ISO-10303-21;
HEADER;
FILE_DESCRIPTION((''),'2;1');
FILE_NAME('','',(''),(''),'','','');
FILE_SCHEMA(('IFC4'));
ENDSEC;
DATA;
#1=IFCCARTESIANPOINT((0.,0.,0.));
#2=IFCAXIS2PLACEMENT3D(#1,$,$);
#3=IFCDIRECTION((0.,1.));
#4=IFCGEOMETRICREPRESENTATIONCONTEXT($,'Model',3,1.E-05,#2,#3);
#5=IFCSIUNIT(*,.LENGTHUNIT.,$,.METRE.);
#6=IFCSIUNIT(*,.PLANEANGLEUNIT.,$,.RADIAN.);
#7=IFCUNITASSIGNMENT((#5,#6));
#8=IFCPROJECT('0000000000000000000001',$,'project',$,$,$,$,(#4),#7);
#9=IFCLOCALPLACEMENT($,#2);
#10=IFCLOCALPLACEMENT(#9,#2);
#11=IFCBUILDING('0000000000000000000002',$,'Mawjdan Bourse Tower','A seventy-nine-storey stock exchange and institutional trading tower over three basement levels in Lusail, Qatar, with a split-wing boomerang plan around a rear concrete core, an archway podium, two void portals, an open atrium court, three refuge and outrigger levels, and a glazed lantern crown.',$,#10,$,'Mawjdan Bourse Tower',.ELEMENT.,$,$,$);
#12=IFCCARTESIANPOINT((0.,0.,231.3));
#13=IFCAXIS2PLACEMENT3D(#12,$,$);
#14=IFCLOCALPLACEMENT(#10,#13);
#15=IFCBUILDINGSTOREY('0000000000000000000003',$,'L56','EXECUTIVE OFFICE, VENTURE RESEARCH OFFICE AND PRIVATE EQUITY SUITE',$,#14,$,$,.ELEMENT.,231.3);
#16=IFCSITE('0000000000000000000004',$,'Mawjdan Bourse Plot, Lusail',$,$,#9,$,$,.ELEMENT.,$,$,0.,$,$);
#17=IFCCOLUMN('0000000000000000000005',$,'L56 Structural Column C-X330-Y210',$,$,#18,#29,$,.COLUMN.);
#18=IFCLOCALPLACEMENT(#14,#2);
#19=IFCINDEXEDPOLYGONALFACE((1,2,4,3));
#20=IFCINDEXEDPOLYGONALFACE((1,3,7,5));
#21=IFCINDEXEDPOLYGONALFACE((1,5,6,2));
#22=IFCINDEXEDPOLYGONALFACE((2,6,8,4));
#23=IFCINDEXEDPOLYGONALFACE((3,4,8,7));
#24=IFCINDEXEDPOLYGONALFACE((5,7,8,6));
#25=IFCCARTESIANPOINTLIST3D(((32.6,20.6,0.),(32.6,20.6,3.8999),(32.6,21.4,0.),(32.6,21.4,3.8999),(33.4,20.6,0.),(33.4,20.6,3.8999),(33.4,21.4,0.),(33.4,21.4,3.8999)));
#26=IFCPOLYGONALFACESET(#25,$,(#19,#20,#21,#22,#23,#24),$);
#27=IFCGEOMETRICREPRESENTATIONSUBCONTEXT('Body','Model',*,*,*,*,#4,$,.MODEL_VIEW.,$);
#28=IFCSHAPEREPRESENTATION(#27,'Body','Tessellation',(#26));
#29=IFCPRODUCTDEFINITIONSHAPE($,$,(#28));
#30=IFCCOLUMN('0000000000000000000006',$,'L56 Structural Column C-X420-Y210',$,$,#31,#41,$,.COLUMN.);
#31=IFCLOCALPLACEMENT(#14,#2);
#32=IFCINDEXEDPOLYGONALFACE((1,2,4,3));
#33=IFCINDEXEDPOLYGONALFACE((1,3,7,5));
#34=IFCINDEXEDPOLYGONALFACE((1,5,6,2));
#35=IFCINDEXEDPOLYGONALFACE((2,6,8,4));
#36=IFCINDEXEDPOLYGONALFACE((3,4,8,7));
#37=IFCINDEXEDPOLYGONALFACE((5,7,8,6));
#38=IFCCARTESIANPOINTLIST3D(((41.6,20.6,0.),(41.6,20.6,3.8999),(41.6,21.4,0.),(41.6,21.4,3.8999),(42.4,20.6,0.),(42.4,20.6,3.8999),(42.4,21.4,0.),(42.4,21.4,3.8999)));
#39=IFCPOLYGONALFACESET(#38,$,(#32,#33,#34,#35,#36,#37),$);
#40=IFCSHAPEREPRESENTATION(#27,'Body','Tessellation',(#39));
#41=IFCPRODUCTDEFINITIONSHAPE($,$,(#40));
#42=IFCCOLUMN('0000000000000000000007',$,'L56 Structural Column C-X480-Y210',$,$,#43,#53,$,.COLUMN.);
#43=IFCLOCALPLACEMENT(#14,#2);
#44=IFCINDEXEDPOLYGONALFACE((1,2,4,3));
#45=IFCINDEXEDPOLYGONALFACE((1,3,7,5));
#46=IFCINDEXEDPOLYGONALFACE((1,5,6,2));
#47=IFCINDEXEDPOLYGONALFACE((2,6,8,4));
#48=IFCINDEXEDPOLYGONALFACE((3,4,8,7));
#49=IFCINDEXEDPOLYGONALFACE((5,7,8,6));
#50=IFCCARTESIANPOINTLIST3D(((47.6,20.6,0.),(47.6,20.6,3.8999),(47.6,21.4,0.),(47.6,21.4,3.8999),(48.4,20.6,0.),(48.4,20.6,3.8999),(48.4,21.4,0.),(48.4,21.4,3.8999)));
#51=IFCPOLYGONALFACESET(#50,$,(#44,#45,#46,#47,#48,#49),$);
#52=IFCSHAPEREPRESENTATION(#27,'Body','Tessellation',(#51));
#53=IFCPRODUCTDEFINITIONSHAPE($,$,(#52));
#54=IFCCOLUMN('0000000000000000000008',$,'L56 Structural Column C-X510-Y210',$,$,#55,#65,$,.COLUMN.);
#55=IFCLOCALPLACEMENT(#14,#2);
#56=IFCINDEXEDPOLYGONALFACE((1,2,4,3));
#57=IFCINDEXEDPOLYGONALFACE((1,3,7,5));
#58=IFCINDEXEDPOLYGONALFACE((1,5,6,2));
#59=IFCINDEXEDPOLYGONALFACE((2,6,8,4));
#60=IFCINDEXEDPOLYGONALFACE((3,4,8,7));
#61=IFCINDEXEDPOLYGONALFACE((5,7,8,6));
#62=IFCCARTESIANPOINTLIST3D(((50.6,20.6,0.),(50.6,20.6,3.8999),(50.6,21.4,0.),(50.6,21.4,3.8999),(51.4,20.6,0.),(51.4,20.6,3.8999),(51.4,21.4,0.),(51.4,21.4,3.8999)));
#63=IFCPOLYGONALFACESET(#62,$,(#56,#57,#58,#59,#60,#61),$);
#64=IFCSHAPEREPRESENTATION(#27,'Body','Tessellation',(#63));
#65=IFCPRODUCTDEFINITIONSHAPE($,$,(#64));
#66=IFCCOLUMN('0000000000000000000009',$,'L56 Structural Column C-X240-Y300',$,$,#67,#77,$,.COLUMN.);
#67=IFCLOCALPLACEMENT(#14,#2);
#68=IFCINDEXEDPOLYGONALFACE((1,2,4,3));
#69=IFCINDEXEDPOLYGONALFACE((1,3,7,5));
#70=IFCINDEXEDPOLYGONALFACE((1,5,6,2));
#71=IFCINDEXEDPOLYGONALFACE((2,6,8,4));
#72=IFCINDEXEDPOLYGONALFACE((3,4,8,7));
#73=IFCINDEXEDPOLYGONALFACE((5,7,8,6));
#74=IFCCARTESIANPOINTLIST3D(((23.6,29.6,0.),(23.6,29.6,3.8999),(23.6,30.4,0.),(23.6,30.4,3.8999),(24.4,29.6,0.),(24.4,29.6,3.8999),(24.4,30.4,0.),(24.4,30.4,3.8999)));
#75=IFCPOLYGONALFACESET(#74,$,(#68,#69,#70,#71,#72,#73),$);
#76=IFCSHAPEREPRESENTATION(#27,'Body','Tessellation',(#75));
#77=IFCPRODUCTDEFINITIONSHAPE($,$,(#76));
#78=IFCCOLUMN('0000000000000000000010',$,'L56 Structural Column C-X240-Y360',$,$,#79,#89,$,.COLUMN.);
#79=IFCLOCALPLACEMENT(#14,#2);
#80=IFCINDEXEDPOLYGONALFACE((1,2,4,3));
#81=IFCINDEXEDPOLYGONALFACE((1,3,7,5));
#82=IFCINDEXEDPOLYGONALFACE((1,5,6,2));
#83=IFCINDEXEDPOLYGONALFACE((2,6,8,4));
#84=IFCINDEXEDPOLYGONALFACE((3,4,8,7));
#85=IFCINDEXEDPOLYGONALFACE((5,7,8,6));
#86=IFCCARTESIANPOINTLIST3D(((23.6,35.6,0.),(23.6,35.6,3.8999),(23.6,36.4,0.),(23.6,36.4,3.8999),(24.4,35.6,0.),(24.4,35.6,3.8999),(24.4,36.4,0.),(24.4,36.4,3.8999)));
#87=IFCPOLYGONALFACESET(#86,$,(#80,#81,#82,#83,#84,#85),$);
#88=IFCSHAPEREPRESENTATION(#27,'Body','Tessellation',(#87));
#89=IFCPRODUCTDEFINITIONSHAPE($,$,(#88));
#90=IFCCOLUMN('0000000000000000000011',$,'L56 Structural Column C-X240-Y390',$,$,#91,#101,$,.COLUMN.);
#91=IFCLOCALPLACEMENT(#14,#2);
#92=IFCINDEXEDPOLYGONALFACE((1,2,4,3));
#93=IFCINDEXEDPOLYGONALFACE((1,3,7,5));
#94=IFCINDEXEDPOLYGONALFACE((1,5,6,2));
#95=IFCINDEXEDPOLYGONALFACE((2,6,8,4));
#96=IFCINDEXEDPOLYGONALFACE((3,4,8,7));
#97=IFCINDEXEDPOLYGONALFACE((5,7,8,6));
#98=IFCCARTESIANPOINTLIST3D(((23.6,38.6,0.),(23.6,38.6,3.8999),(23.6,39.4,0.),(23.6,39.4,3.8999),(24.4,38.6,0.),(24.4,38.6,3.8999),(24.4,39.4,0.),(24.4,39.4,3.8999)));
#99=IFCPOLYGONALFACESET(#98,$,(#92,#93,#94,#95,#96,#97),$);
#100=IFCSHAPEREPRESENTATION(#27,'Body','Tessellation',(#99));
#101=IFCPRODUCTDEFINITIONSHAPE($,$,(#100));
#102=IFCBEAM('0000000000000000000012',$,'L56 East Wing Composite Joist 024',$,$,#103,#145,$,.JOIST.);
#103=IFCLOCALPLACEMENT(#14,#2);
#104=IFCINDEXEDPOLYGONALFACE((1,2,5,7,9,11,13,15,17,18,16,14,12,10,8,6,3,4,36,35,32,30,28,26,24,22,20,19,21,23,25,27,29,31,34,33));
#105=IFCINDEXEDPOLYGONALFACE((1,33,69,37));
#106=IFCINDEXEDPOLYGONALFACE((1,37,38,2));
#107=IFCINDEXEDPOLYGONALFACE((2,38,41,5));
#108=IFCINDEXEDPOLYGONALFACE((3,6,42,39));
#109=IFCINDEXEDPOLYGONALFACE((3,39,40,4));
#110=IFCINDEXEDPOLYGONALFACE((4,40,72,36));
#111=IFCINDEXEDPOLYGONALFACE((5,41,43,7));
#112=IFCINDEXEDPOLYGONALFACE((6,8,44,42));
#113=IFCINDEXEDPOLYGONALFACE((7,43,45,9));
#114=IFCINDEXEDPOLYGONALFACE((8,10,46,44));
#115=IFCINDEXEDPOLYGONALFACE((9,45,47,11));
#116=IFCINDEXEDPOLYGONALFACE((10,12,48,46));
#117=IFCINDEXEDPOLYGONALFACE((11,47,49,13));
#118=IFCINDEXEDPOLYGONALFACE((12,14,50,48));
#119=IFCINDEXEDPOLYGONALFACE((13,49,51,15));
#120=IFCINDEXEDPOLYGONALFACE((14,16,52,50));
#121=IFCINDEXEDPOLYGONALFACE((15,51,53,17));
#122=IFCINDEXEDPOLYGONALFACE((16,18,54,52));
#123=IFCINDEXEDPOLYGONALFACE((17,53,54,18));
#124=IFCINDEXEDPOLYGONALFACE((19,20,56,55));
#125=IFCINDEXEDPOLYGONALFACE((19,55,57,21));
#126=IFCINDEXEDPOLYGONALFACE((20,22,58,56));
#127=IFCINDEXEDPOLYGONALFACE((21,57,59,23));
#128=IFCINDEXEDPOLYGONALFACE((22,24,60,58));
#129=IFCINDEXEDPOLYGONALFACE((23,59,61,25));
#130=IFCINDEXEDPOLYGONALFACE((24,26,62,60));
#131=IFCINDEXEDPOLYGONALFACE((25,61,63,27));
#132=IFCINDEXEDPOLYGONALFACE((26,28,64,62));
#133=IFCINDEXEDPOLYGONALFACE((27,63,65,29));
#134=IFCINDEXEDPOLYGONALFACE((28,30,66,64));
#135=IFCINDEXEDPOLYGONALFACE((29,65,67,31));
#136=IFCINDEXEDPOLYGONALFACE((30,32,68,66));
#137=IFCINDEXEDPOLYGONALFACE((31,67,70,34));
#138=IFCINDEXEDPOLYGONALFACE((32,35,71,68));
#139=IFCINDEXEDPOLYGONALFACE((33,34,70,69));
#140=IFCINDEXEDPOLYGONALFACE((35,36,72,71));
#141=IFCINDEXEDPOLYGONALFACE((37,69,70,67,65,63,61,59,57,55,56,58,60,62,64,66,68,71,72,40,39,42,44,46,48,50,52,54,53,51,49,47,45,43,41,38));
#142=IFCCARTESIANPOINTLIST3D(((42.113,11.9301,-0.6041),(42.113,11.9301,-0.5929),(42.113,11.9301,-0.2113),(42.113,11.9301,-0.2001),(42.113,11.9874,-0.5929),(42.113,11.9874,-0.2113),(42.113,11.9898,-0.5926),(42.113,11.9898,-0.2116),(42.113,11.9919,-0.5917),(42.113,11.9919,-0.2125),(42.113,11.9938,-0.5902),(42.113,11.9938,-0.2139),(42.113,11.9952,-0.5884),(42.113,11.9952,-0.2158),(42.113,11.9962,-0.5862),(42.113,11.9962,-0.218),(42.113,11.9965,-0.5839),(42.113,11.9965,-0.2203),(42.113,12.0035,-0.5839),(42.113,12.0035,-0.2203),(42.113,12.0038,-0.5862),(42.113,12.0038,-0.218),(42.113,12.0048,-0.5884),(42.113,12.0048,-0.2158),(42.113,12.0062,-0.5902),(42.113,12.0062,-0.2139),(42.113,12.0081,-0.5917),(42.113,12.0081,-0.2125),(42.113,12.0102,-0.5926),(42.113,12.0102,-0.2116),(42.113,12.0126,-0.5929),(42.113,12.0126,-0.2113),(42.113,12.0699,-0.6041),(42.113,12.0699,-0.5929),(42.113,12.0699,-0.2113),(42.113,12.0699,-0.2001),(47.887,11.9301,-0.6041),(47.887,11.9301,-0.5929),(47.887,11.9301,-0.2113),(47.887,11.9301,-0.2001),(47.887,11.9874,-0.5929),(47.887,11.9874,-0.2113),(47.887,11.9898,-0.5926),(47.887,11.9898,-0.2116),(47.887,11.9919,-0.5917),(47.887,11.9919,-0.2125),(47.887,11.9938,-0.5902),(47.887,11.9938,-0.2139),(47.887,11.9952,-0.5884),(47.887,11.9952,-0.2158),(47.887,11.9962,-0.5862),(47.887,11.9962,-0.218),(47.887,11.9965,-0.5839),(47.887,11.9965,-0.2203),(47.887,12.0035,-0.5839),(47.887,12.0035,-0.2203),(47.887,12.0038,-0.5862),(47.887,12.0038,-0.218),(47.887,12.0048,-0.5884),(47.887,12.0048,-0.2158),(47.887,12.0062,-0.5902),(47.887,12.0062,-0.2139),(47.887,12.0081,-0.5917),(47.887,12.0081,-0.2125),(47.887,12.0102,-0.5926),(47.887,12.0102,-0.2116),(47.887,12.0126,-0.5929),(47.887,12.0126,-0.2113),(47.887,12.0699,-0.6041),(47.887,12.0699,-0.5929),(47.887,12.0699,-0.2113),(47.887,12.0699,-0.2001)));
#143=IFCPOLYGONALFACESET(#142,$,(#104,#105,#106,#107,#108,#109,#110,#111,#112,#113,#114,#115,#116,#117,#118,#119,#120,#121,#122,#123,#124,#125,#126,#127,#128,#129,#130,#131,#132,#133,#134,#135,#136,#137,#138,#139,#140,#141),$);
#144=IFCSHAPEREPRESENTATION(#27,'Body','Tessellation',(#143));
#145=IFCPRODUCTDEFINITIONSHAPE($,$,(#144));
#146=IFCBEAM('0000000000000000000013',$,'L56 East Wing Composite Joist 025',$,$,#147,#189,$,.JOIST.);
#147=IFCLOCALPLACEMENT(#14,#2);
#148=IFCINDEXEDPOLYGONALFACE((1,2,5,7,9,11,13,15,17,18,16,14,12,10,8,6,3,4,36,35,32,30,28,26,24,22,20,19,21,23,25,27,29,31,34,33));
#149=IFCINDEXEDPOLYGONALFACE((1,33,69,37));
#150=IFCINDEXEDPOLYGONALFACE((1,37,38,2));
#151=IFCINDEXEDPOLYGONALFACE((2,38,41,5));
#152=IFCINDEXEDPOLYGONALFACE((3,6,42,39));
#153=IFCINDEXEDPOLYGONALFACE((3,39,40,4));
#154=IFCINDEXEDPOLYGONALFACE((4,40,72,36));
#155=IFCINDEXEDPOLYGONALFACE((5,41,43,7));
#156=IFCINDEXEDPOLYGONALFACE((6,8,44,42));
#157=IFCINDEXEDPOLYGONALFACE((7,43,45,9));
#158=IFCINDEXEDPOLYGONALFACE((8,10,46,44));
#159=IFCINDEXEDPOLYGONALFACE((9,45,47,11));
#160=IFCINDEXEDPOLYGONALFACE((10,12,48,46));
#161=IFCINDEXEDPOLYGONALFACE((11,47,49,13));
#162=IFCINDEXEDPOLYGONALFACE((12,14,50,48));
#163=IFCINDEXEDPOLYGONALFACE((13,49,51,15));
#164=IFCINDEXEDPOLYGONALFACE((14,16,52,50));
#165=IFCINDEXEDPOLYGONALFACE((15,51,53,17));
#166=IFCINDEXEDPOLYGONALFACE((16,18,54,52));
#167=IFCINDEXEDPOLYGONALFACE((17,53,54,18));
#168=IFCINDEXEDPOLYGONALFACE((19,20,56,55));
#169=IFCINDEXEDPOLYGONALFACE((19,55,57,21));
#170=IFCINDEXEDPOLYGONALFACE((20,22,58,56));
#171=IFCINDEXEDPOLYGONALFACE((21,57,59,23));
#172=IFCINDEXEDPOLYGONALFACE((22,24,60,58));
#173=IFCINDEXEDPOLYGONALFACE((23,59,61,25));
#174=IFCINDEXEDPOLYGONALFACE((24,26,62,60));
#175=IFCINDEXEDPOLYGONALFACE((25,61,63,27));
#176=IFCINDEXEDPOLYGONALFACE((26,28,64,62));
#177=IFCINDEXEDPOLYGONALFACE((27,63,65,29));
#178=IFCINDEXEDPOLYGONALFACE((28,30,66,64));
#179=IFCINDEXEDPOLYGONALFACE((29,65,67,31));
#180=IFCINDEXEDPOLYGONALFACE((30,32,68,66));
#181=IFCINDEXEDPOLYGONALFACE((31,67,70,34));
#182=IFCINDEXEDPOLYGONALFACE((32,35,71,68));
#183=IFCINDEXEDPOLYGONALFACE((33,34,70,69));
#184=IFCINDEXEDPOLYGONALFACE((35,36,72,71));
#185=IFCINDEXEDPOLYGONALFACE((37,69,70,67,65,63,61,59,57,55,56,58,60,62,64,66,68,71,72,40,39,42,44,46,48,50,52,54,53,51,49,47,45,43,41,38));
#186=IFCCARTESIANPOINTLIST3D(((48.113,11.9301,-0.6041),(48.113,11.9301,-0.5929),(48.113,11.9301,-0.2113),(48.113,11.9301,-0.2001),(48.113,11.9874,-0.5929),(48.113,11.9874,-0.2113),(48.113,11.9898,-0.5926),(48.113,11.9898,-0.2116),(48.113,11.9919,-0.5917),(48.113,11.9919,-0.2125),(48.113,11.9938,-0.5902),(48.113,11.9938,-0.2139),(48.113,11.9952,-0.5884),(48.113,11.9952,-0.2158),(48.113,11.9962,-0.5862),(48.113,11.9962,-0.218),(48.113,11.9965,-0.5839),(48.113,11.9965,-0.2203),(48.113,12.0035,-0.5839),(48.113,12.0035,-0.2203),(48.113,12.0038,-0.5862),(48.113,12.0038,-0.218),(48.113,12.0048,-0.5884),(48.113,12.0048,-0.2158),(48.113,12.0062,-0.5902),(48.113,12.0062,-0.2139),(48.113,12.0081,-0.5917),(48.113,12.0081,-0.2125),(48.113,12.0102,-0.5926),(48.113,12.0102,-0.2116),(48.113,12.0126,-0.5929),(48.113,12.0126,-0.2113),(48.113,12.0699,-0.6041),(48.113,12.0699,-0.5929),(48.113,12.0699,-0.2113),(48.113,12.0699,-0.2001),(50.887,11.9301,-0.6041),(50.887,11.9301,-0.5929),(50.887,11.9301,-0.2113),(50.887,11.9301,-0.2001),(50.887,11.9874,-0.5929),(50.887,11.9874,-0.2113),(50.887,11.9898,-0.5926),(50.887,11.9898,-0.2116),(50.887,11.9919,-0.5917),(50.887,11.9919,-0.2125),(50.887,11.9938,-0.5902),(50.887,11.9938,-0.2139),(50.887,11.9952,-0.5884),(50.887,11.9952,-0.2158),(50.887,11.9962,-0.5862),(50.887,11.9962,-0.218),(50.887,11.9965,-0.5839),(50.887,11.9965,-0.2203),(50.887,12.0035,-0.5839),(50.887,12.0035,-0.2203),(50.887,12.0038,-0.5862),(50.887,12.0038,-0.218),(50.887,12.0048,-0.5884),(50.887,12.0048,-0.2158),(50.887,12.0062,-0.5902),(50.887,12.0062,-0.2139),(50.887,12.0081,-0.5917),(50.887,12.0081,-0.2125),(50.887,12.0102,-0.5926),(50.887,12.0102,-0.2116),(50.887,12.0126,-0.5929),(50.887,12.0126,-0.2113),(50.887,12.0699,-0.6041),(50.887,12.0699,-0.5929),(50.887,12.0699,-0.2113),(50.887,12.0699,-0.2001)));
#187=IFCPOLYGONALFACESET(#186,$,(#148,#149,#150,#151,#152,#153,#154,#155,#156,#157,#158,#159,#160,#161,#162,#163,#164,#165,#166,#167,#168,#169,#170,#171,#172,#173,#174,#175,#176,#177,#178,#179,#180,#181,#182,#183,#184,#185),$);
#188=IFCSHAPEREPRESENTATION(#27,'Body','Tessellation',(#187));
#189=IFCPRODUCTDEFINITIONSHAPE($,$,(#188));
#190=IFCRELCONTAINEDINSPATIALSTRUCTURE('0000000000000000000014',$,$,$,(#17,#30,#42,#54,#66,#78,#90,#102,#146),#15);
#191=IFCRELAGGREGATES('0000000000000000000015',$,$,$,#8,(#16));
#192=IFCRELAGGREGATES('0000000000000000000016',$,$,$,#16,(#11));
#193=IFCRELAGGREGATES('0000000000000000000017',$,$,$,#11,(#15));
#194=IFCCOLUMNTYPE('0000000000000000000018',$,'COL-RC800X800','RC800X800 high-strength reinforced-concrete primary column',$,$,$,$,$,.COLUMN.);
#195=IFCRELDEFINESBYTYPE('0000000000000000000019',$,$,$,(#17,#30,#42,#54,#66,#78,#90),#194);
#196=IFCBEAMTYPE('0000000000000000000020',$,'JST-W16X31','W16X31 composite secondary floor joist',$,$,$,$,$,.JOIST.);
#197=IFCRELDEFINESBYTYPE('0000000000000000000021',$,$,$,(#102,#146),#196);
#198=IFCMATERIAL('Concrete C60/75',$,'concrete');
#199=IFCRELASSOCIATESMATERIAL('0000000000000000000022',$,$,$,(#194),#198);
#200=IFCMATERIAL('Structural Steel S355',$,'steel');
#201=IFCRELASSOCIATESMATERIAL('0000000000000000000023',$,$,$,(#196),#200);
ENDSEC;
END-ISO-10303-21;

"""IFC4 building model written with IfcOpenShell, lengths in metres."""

from ifc_helpers import new_model, si_unit, direction, frame, origin, origin_2d, place, context, subcontext, project, spatial, rectangle, i_section, extrude, material, material_profile, profile_set, type_object, element, save


model = new_model("IFC4")

# Units and contexts
model_context = context("Model", 3, precision=1e-05, world=origin(), true_north=direction((0.0, 1.0)))
body_context = subcontext(model_context, "Body", "Model", "MODEL_VIEW")
ifc_project = project(units=[si_unit("LENGTHUNIT", "METRE"), si_unit("PLANEANGLEUNIT", "RADIAN")], contexts=[model_context])

# Site, building, storey
site_placement = place(None, origin())
site = spatial("IfcSite", under=ifc_project, at=site_placement, Name="Mawjdan Bourse Plot, Lusail", CompositionType="ELEMENT", RefElevation=0.0)
building_placement = place(site_placement, origin())
building = spatial("IfcBuilding", under=site, at=building_placement, Name="Mawjdan Bourse Tower", Description="A seventy-nine-storey stock exchange and institutional trading tower over three basement levels in Lusail, Qatar, with a split-wing boomerang plan around a rear concrete core, an archway podium, two void portals, an open atrium court, three refuge and outrigger levels, and a glazed lantern crown.", LongName="Mawjdan Bourse Tower", CompositionType="ELEMENT")
storey_placement = place(building_placement, frame((0.0, 0.0, 231.3)))
storey = spatial("IfcBuildingStorey", under=building, at=storey_placement, Name="L56", Description="EXECUTIVE OFFICE, VENTURE RESEARCH OFFICE AND PRIVATE EQUITY SUITE", CompositionType="ELEMENT", Elevation=231.3)

# Columns
ifc_material_1 = material(Name="Concrete C60/75", Category="concrete")
ifc_material_profile_1 = material_profile(ifc_material_1, rectangle(XDim=0.8, YDim=0.8, at=origin_2d()), Name="RC800X800")
ifc_profile_set_1 = profile_set([ifc_material_profile_1], Name="Concrete C60/75")
column_type = type_object("IfcColumnType", Name="COL-RC800X800", Description="RC800X800 high-strength reinforced-concrete primary column", PredefinedType="COLUMN", material=ifc_profile_set_1)
for number, where, z_axis, x_axis, name in (
    (1, (33.0, 21.0, 0.0), (0.0, 0.0, 1.0), (1.0, 0.0, 0.0), "L56 Structural Column C-X330-Y210"),
    (2, (42.0, 21.0, 0.0), (0.0, 0.0, 1.0), (1.0, 0.0, 0.0), "L56 Structural Column C-X420-Y210"),
    (3, (48.0, 21.0, 0.0), (0.0, 0.0, 1.0), (1.0, 0.0, 0.0), "L56 Structural Column C-X480-Y210"),
    (4, (51.0, 21.0, 0.0), (0.0, 0.0, 1.0), (1.0, 0.0, 0.0), "L56 Structural Column C-X510-Y210"),
    (5, (24.0, 30.0, 0.0), (0.0, 0.0, 1.0), (1.0, 0.0, 0.0), "L56 Structural Column C-X240-Y300"),
    (6, (24.0, 36.0, 0.0), (0.0, 0.0, 1.0), (1.0, 0.0, 0.0), "L56 Structural Column C-X240-Y360"),
    (7, (24.0, 39.0, 0.0), (0.0, 0.0, 1.0), (1.0, 0.0, 0.0), "L56 Structural Column C-X240-Y390"),
):
    element("IfcColumn", number, at=place(storey_placement, frame(where, z_axis=z_axis, x_axis=x_axis)), inside=storey, type_object=column_type, Name=name, PredefinedType="COLUMN", context=body_context, shape_type="SweptSolid", body=[
        extrude(rectangle(XDim=0.8, YDim=0.8, at=origin_2d()), origin(), (0.0, 0.0, 1.0), 3.8999),
    ])

# Beams
ifc_material_2 = material(Name="Structural Steel S355", Category="steel")
ifc_material_profile_2 = material_profile(ifc_material_2, i_section(OverallWidth=0.1399, OverallDepth=0.4041, WebThickness=0.0071, FlangeThickness=0.0112, FilletRadius=0.009, at=origin_2d()), Name="W16X31")
ifc_profile_set_2 = profile_set([ifc_material_profile_2], Name="Structural Steel S355")
beam_type_1 = type_object("IfcBeamType", Name="JST-W16X31", Description="W16X31 composite secondary floor joist", PredefinedType="JOIST", material=ifc_profile_set_2)
beam_1_placement = place(storey_placement, frame((42.113, 12.0, -0.4021), z_axis=(1.0, 0.0, 0.0), x_axis=(0.0, 1.0, 0.0)))
element("IfcBeam", 8, at=beam_1_placement, inside=storey, type_object=beam_type_1, Name="L56 East Wing Composite Joist 024", PredefinedType="JOIST", context=body_context, shape_type="SweptSolid", body=[
    extrude(i_section(OverallWidth=0.1399, OverallDepth=0.4041, WebThickness=0.0071, FlangeThickness=0.0112, FilletRadius=0.009, at=origin_2d()), origin(), (0.0, 0.0, 1.0), 5.7739),
])
beam_2_placement = place(storey_placement, frame((48.113, 12.0, -0.4021), z_axis=(1.0, 0.0, 0.0), x_axis=(0.0, 1.0, 0.0)))
element("IfcBeam", 9, at=beam_2_placement, inside=storey, type_object=beam_type_1, Name="L56 East Wing Composite Joist 025", PredefinedType="JOIST", context=body_context, shape_type="SweptSolid", body=[
    extrude(i_section(OverallWidth=0.1399, OverallDepth=0.4041, WebThickness=0.0071, FlangeThickness=0.0112, FilletRadius=0.009, at=origin_2d()), origin(), (0.0, 0.0, 1.0), 2.7739),
])

save(model, "model.ifc")
